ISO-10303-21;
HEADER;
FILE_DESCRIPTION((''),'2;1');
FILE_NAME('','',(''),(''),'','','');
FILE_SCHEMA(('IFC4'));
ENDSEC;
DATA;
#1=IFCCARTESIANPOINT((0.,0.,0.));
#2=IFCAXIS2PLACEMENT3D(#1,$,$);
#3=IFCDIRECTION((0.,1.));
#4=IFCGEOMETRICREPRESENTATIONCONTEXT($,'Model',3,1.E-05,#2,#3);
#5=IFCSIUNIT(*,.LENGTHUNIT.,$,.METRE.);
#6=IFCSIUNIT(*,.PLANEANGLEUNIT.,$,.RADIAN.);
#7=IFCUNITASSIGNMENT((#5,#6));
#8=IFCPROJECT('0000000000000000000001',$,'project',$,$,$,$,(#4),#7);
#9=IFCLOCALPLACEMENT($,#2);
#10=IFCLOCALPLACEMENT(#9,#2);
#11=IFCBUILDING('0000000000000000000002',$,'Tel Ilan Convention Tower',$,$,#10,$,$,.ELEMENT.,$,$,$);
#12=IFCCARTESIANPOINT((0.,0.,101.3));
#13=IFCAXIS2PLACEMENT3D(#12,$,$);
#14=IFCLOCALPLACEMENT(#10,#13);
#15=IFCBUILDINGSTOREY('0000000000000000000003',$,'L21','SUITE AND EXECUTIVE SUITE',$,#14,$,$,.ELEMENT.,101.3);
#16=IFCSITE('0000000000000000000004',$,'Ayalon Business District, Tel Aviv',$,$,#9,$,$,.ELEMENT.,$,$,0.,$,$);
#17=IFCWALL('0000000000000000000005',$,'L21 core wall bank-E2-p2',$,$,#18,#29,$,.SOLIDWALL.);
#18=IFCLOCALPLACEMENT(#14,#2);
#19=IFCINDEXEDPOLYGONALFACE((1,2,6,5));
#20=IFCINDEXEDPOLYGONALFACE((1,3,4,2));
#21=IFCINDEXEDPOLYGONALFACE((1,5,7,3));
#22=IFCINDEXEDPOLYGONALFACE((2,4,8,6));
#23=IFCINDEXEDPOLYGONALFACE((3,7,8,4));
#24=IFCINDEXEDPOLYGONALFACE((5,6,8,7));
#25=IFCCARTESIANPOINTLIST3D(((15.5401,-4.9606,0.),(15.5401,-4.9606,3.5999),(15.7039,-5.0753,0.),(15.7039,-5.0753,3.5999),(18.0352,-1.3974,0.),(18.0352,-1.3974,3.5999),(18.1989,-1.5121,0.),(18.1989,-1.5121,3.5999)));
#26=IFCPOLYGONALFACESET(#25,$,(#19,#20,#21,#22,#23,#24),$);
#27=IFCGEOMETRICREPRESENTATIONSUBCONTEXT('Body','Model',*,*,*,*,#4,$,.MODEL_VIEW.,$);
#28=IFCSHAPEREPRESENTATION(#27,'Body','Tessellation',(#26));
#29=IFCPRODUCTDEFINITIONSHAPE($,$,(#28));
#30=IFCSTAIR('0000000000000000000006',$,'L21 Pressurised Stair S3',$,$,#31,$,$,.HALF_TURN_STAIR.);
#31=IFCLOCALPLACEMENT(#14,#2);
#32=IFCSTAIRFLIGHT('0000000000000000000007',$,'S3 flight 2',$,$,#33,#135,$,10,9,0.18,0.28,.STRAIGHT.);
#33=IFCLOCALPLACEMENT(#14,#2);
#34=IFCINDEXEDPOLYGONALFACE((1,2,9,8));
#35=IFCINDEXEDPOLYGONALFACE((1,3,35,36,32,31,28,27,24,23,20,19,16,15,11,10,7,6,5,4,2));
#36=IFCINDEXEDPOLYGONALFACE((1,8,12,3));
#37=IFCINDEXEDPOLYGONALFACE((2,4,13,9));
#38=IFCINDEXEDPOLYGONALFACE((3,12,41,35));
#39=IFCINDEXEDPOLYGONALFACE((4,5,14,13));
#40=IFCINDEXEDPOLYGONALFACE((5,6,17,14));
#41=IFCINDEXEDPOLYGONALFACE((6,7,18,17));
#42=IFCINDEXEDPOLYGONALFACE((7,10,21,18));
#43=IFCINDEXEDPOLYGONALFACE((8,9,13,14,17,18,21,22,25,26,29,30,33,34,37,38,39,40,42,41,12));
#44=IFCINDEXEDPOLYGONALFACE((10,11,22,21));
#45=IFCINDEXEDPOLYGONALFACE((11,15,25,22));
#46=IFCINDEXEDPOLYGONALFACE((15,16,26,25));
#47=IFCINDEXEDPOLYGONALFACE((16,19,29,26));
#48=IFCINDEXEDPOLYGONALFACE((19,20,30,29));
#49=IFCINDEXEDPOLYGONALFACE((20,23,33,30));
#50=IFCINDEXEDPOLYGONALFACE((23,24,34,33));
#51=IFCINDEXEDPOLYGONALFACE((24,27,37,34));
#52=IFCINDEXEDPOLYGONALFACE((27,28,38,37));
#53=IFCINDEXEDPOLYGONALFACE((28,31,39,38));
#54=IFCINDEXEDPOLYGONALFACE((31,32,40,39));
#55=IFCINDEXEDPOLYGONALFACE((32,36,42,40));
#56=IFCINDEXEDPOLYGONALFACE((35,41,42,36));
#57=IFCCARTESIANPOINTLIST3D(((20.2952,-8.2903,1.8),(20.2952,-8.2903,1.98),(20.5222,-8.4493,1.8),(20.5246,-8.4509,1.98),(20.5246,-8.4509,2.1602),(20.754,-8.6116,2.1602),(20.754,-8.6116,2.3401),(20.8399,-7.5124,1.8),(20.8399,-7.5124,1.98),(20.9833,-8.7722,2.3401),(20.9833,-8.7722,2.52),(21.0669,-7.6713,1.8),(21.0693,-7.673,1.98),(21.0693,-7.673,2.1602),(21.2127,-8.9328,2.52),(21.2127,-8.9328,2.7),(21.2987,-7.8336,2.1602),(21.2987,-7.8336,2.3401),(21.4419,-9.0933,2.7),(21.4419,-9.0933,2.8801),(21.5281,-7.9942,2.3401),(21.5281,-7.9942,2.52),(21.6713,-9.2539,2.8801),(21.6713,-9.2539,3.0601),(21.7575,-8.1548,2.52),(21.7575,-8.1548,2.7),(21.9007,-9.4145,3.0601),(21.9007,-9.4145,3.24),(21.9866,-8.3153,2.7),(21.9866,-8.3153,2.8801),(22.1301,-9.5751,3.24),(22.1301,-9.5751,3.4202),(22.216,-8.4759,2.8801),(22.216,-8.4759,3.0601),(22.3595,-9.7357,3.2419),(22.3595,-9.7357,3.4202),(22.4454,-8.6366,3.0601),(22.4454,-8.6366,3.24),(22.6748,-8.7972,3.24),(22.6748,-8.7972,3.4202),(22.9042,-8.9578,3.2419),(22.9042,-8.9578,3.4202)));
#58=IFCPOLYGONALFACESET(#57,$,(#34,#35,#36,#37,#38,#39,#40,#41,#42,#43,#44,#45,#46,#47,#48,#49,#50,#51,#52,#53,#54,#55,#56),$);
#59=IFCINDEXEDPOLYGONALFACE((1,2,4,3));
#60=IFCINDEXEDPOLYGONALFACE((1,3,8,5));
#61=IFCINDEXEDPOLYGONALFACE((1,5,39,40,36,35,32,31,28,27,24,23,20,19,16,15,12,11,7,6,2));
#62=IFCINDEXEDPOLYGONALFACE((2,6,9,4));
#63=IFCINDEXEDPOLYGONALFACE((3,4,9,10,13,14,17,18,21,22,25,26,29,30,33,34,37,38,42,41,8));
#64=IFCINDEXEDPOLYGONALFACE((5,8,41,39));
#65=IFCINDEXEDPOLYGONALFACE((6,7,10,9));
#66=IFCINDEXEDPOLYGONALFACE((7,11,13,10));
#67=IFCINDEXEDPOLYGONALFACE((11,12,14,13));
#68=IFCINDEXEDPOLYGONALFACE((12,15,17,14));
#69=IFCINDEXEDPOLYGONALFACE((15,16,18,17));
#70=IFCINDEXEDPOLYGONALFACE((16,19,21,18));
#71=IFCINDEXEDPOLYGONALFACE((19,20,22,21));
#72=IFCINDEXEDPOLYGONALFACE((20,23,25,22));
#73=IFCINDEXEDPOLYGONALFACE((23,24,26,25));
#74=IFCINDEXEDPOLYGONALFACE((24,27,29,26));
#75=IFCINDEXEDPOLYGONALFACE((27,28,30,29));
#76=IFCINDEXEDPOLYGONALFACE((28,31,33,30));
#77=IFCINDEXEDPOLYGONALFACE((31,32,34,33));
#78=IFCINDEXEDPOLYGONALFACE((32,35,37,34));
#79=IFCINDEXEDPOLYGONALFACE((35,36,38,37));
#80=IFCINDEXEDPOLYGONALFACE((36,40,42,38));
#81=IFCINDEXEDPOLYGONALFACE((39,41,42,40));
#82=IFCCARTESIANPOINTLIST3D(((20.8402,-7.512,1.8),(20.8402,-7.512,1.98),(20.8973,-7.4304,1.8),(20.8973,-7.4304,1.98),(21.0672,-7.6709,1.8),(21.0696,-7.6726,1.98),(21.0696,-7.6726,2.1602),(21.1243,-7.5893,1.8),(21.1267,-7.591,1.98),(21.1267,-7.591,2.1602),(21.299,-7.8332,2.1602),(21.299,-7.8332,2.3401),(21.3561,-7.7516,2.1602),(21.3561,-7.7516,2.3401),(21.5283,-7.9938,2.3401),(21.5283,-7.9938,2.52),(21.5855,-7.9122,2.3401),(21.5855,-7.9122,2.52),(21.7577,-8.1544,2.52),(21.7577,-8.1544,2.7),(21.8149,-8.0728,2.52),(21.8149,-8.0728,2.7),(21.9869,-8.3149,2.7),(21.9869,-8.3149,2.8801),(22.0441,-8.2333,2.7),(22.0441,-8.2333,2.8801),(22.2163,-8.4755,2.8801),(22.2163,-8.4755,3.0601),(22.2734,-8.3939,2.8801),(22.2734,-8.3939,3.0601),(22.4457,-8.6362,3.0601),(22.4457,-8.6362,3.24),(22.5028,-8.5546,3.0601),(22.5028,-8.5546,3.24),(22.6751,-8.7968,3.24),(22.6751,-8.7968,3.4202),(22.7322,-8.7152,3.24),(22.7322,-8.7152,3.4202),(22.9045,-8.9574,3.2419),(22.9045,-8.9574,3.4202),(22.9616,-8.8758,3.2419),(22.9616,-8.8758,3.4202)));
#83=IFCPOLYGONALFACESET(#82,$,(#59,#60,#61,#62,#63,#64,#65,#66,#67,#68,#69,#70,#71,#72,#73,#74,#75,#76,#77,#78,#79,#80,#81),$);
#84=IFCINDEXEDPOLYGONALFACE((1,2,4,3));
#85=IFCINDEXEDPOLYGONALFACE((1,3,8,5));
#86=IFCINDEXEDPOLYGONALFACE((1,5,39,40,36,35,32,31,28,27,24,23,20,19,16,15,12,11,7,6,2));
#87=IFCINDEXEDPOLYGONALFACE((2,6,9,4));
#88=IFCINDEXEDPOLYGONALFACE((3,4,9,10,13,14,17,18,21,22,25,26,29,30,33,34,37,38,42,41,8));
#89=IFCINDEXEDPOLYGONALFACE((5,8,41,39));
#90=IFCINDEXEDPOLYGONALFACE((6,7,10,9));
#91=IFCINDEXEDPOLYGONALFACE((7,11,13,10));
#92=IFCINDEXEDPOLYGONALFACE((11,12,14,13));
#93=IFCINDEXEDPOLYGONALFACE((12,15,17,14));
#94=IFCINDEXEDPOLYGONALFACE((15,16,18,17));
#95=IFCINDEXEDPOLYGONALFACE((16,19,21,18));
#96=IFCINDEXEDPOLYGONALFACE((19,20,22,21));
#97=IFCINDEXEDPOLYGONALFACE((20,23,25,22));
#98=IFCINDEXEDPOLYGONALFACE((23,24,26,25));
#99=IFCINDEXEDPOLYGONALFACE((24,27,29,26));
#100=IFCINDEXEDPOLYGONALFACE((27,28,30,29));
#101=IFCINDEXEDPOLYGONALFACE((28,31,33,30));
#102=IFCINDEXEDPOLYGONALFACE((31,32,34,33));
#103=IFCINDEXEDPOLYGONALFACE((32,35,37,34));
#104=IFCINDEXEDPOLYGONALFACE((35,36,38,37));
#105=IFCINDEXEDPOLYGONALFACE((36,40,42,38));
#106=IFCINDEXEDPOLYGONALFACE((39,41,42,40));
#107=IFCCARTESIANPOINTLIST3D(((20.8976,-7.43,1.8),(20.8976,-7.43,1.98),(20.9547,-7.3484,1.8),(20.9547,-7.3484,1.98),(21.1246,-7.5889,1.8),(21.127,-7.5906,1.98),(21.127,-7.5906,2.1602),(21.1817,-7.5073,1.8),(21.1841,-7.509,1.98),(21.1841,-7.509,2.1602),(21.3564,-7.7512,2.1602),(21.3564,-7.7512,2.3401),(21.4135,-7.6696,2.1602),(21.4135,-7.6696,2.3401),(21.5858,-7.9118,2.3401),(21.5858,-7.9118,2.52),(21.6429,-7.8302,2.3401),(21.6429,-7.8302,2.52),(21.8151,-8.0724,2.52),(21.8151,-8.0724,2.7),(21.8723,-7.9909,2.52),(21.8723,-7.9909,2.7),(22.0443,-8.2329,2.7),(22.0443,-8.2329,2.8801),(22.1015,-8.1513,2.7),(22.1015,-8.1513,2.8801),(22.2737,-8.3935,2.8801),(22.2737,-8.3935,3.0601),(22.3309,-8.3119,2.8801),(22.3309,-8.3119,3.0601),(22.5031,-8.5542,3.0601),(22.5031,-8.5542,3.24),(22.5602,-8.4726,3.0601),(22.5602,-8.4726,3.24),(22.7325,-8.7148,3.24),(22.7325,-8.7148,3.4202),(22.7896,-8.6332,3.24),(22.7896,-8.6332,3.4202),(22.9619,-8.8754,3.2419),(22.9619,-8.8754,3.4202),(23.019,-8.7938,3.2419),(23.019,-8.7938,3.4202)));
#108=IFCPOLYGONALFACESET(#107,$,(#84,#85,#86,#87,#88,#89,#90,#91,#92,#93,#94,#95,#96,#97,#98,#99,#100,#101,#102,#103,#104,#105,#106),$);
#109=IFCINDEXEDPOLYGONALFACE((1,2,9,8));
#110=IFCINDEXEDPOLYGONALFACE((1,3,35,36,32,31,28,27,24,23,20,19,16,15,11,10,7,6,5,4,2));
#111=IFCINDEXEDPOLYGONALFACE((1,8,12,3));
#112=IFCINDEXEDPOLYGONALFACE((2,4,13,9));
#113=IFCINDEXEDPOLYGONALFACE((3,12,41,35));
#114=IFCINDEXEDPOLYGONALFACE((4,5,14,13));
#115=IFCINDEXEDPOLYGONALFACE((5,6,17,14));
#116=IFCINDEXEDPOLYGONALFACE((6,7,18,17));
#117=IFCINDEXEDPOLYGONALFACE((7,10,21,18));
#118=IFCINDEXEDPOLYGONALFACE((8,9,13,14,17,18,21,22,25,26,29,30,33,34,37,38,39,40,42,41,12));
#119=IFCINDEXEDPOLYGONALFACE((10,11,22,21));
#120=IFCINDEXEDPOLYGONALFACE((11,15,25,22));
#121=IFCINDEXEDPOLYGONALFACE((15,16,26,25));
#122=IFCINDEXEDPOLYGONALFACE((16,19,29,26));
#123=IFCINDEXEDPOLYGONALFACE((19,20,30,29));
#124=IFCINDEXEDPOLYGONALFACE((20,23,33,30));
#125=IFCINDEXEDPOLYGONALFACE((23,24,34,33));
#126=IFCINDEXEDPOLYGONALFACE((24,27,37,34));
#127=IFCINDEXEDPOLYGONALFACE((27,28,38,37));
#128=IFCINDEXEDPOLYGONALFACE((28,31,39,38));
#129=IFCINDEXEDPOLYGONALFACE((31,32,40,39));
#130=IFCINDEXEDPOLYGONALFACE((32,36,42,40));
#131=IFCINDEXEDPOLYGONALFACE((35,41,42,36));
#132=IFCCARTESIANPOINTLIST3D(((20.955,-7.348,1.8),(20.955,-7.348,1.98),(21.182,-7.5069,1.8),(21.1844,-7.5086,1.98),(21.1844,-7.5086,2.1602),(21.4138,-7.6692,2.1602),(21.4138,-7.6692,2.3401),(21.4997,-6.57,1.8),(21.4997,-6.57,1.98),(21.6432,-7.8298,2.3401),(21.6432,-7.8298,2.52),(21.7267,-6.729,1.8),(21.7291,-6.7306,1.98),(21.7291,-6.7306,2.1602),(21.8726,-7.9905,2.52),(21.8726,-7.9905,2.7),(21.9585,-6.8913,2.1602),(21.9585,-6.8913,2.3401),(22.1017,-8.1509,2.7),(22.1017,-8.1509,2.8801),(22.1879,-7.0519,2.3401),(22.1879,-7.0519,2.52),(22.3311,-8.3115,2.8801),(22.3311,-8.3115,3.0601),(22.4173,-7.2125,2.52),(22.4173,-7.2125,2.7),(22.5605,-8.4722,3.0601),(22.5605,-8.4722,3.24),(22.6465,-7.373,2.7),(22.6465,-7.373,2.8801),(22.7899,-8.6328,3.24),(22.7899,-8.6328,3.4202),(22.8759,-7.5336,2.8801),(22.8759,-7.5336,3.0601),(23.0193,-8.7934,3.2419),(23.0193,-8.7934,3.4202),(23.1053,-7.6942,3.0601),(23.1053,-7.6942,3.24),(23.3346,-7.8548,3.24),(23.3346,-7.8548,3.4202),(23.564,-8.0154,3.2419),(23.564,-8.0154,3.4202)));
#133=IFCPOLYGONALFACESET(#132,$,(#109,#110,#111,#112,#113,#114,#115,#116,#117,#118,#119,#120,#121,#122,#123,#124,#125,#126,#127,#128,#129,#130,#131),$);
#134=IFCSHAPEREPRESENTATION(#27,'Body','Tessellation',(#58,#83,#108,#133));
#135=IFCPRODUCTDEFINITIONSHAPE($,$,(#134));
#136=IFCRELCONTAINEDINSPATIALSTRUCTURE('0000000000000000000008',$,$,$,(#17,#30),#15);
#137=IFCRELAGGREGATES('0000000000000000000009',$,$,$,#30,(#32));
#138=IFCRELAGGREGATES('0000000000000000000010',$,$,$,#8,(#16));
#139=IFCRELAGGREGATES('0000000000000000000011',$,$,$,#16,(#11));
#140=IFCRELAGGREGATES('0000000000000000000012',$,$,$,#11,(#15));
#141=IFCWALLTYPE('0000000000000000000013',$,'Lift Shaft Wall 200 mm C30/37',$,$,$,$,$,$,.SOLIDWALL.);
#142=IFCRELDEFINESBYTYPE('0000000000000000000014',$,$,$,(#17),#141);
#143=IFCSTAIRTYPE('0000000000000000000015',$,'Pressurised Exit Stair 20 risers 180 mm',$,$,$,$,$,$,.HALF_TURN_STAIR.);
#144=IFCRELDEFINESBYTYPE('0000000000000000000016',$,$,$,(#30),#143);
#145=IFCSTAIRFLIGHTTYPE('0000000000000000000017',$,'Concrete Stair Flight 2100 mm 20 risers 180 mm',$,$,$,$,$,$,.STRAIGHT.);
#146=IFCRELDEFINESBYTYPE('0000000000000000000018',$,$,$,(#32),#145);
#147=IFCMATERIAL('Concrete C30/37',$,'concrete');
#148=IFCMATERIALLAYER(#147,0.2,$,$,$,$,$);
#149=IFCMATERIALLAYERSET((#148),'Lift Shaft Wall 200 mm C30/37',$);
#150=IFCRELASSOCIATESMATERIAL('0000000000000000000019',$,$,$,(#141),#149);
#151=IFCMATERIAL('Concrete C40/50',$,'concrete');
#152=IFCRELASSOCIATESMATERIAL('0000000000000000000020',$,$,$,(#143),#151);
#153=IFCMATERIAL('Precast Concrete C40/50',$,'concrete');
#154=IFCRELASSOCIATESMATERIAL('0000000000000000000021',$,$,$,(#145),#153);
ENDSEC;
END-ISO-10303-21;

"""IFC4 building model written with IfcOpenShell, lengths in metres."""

from ifc_helpers import new_model, si_unit, direction, frame, frame_2d, origin, place, context, subcontext, project, spatial, polyline, rectangle, outline, extrude, material, layer, layer_set, type_object, element, aggregate, save


model = new_model("IFC4")

# Units and contexts
model_context = context("Model", 3, precision=1e-05, world=origin(), true_north=direction((0.0, 1.0)))
body_context = subcontext(model_context, "Body", "Model", "MODEL_VIEW")
ifc_project = project(units=[si_unit("LENGTHUNIT", "METRE"), si_unit("PLANEANGLEUNIT", "RADIAN")], contexts=[model_context])

# Site, building, storey
site_placement = place(None, origin())
site = spatial("IfcSite", under=ifc_project, at=site_placement, Name="Ayalon Business District, Tel Aviv", CompositionType="ELEMENT", RefElevation=0.0)
building_placement = place(site_placement, origin())
building = spatial("IfcBuilding", under=site, at=building_placement, Name="Tel Ilan Convention Tower", CompositionType="ELEMENT")
storey_placement = place(building_placement, frame((0.0, 0.0, 101.3)))
storey = spatial("IfcBuildingStorey", under=building, at=storey_placement, Name="L21", Description="SUITE AND EXECUTIVE SUITE", CompositionType="ELEMENT", Elevation=101.3)

# Wall
ifc_material_1 = material(Name="Concrete C30/37", Category="concrete")
ifc_layer_1 = layer(ifc_material_1, 0.2)
ifc_layer_set_1 = layer_set([ifc_layer_1], Name="Lift Shaft Wall 200 mm C30/37")
wall_type_1 = type_object("IfcWallType", Name="Lift Shaft Wall 200 mm C30/37", PredefinedType="SOLIDWALL", material=ifc_layer_set_1)
wall_1_placement = place(storey_placement, frame((15.6221, -5.0178, 0.0), z_axis=(0.0, 0.0, 1.0), x_axis=(0.573594, 0.81914, 0.0)))
element("IfcWall", 1, at=wall_1_placement, inside=storey, type_object=wall_type_1, Name="L21 core wall bank-E2-p2", PredefinedType="SOLIDWALL", context=body_context, shape_type="SweptSolid", body=[
    extrude(rectangle(XDim=4.3499, YDim=0.2, at=frame_2d((2.1748, 0.0))), origin(), (0.0, 0.0, 1.0), 3.5999),
])

# Stair, stair flight
ifc_material_2 = material(Name="Concrete C40/50", Category="concrete")
stair_type = type_object("IfcStairType", Name="Pressurised Exit Stair 20 risers 180 mm", PredefinedType="HALF_TURN_STAIR", material=ifc_material_2)
stair_1_placement = place(storey_placement, origin())
stair_1 = element("IfcStair", 2, at=stair_1_placement, inside=storey, type_object=stair_type, Name="L21 Pressurised Stair S3", PredefinedType="HALF_TURN_STAIR")
ifc_material_3 = material(Name="Precast Concrete C40/50", Category="concrete")
stair_flight_type = type_object("IfcStairFlightType", Name="Concrete Stair Flight 2100 mm 20 risers 180 mm", PredefinedType="STRAIGHT", material=ifc_material_3)
stair_flight_1_placement = place(storey_placement, frame((20.8975, -7.4302, 1.8), z_axis=(0.0, 0.0, 1.0), x_axis=(0.819152, -0.573576, 0.0)))
stair_flight_1 = element("IfcStairFlight", 3, at=stair_flight_1_placement, type_object=stair_flight_type, Name="S3 flight 2", NumberOfRisers=10, NumberOfTreads=9, PredefinedType="STRAIGHT", RiserHeight=0.18, TreadLength=0.28, context=body_context, shape_type="SweptSolid", body=[
    extrude(outline(polyline([(0.0, 0.0), (0.0, 0.1799), (0.28, 0.1799), (0.28, 0.3601), (0.5601, 0.3601), (0.5601, 0.54), (0.8401, 0.54), (0.8401, 0.72), (1.1201, 0.72), (1.1201, 0.8999), (1.3999, 0.8999), (1.3999, 1.0801), (1.6799, 1.0801), (1.6799, 1.26), (1.96, 1.26), (1.96, 1.4399), (2.24, 1.4399), (2.24, 1.6201), (2.52, 1.6201), (2.52, 1.8), (2.52, 1.4419), (0.2771, 0.0), (0.0, 0.0)])), frame((0.0, -0.1003, 0.0), z_axis=(0.0, -1.0, 0.0), x_axis=(1.0, 0.0, 0.0)), (0.0, 0.0, 1.0), 0.9497),
    extrude(outline(polyline([(0.0, 0.0), (0.0, 0.1799), (0.28, 0.1799), (0.28, 0.3601), (0.5601, 0.3601), (0.5601, 0.54), (0.8401, 0.54), (0.8401, 0.72), (1.1201, 0.72), (1.1201, 0.8999), (1.3999, 0.8999), (1.3999, 1.0801), (1.6799, 1.0801), (1.6799, 1.26), (1.96, 1.26), (1.96, 1.4399), (2.24, 1.4399), (2.24, 1.6201), (2.52, 1.6201), (2.52, 1.8), (2.52, 1.4419), (0.2771, 0.0), (0.0, 0.0)])), frame((0.0, -0.0002, 0.0), z_axis=(0.0, -1.0, 0.0), x_axis=(1.0, 0.0, 0.0)), (0.0, 0.0, 1.0), 0.0996),
    extrude(outline(polyline([(0.0, 0.0), (0.0, 0.1799), (0.28, 0.1799), (0.28, 0.3601), (0.5601, 0.3601), (0.5601, 0.54), (0.8401, 0.54), (0.8401, 0.72), (1.1201, 0.72), (1.1201, 0.8999), (1.3999, 0.8999), (1.3999, 1.0801), (1.6799, 1.0801), (1.6799, 1.26), (1.96, 1.26), (1.96, 1.4399), (2.24, 1.4399), (2.24, 1.6201), (2.52, 1.6201), (2.52, 1.8), (2.52, 1.4419), (0.2771, 0.0), (0.0, 0.0)])), frame((0.0, 0.0999, 0.0), z_axis=(0.0, -1.0, 0.0), x_axis=(1.0, 0.0, 0.0)), (0.0, 0.0, 1.0), 0.0996),
    extrude(outline(polyline([(0.0, 0.0), (0.0, 0.1799), (0.28, 0.1799), (0.28, 0.3601), (0.5601, 0.3601), (0.5601, 0.54), (0.8401, 0.54), (0.8401, 0.72), (1.1201, 0.72), (1.1201, 0.8999), (1.3999, 0.8999), (1.3999, 1.0801), (1.6799, 1.0801), (1.6799, 1.26), (1.96, 1.26), (1.96, 1.4399), (2.24, 1.4399), (2.24, 1.6201), (2.52, 1.6201), (2.52, 1.8), (2.52, 1.4419), (0.2771, 0.0), (0.0, 0.0)])), frame((0.0, 1.05, 0.0), z_axis=(0.0, -1.0, 0.0), x_axis=(1.0, 0.0, 0.0)), (0.0, 0.0, 1.0), 0.9497),
])
aggregate(stair_1, [stair_flight_1])

save(model, "model.ifc")
